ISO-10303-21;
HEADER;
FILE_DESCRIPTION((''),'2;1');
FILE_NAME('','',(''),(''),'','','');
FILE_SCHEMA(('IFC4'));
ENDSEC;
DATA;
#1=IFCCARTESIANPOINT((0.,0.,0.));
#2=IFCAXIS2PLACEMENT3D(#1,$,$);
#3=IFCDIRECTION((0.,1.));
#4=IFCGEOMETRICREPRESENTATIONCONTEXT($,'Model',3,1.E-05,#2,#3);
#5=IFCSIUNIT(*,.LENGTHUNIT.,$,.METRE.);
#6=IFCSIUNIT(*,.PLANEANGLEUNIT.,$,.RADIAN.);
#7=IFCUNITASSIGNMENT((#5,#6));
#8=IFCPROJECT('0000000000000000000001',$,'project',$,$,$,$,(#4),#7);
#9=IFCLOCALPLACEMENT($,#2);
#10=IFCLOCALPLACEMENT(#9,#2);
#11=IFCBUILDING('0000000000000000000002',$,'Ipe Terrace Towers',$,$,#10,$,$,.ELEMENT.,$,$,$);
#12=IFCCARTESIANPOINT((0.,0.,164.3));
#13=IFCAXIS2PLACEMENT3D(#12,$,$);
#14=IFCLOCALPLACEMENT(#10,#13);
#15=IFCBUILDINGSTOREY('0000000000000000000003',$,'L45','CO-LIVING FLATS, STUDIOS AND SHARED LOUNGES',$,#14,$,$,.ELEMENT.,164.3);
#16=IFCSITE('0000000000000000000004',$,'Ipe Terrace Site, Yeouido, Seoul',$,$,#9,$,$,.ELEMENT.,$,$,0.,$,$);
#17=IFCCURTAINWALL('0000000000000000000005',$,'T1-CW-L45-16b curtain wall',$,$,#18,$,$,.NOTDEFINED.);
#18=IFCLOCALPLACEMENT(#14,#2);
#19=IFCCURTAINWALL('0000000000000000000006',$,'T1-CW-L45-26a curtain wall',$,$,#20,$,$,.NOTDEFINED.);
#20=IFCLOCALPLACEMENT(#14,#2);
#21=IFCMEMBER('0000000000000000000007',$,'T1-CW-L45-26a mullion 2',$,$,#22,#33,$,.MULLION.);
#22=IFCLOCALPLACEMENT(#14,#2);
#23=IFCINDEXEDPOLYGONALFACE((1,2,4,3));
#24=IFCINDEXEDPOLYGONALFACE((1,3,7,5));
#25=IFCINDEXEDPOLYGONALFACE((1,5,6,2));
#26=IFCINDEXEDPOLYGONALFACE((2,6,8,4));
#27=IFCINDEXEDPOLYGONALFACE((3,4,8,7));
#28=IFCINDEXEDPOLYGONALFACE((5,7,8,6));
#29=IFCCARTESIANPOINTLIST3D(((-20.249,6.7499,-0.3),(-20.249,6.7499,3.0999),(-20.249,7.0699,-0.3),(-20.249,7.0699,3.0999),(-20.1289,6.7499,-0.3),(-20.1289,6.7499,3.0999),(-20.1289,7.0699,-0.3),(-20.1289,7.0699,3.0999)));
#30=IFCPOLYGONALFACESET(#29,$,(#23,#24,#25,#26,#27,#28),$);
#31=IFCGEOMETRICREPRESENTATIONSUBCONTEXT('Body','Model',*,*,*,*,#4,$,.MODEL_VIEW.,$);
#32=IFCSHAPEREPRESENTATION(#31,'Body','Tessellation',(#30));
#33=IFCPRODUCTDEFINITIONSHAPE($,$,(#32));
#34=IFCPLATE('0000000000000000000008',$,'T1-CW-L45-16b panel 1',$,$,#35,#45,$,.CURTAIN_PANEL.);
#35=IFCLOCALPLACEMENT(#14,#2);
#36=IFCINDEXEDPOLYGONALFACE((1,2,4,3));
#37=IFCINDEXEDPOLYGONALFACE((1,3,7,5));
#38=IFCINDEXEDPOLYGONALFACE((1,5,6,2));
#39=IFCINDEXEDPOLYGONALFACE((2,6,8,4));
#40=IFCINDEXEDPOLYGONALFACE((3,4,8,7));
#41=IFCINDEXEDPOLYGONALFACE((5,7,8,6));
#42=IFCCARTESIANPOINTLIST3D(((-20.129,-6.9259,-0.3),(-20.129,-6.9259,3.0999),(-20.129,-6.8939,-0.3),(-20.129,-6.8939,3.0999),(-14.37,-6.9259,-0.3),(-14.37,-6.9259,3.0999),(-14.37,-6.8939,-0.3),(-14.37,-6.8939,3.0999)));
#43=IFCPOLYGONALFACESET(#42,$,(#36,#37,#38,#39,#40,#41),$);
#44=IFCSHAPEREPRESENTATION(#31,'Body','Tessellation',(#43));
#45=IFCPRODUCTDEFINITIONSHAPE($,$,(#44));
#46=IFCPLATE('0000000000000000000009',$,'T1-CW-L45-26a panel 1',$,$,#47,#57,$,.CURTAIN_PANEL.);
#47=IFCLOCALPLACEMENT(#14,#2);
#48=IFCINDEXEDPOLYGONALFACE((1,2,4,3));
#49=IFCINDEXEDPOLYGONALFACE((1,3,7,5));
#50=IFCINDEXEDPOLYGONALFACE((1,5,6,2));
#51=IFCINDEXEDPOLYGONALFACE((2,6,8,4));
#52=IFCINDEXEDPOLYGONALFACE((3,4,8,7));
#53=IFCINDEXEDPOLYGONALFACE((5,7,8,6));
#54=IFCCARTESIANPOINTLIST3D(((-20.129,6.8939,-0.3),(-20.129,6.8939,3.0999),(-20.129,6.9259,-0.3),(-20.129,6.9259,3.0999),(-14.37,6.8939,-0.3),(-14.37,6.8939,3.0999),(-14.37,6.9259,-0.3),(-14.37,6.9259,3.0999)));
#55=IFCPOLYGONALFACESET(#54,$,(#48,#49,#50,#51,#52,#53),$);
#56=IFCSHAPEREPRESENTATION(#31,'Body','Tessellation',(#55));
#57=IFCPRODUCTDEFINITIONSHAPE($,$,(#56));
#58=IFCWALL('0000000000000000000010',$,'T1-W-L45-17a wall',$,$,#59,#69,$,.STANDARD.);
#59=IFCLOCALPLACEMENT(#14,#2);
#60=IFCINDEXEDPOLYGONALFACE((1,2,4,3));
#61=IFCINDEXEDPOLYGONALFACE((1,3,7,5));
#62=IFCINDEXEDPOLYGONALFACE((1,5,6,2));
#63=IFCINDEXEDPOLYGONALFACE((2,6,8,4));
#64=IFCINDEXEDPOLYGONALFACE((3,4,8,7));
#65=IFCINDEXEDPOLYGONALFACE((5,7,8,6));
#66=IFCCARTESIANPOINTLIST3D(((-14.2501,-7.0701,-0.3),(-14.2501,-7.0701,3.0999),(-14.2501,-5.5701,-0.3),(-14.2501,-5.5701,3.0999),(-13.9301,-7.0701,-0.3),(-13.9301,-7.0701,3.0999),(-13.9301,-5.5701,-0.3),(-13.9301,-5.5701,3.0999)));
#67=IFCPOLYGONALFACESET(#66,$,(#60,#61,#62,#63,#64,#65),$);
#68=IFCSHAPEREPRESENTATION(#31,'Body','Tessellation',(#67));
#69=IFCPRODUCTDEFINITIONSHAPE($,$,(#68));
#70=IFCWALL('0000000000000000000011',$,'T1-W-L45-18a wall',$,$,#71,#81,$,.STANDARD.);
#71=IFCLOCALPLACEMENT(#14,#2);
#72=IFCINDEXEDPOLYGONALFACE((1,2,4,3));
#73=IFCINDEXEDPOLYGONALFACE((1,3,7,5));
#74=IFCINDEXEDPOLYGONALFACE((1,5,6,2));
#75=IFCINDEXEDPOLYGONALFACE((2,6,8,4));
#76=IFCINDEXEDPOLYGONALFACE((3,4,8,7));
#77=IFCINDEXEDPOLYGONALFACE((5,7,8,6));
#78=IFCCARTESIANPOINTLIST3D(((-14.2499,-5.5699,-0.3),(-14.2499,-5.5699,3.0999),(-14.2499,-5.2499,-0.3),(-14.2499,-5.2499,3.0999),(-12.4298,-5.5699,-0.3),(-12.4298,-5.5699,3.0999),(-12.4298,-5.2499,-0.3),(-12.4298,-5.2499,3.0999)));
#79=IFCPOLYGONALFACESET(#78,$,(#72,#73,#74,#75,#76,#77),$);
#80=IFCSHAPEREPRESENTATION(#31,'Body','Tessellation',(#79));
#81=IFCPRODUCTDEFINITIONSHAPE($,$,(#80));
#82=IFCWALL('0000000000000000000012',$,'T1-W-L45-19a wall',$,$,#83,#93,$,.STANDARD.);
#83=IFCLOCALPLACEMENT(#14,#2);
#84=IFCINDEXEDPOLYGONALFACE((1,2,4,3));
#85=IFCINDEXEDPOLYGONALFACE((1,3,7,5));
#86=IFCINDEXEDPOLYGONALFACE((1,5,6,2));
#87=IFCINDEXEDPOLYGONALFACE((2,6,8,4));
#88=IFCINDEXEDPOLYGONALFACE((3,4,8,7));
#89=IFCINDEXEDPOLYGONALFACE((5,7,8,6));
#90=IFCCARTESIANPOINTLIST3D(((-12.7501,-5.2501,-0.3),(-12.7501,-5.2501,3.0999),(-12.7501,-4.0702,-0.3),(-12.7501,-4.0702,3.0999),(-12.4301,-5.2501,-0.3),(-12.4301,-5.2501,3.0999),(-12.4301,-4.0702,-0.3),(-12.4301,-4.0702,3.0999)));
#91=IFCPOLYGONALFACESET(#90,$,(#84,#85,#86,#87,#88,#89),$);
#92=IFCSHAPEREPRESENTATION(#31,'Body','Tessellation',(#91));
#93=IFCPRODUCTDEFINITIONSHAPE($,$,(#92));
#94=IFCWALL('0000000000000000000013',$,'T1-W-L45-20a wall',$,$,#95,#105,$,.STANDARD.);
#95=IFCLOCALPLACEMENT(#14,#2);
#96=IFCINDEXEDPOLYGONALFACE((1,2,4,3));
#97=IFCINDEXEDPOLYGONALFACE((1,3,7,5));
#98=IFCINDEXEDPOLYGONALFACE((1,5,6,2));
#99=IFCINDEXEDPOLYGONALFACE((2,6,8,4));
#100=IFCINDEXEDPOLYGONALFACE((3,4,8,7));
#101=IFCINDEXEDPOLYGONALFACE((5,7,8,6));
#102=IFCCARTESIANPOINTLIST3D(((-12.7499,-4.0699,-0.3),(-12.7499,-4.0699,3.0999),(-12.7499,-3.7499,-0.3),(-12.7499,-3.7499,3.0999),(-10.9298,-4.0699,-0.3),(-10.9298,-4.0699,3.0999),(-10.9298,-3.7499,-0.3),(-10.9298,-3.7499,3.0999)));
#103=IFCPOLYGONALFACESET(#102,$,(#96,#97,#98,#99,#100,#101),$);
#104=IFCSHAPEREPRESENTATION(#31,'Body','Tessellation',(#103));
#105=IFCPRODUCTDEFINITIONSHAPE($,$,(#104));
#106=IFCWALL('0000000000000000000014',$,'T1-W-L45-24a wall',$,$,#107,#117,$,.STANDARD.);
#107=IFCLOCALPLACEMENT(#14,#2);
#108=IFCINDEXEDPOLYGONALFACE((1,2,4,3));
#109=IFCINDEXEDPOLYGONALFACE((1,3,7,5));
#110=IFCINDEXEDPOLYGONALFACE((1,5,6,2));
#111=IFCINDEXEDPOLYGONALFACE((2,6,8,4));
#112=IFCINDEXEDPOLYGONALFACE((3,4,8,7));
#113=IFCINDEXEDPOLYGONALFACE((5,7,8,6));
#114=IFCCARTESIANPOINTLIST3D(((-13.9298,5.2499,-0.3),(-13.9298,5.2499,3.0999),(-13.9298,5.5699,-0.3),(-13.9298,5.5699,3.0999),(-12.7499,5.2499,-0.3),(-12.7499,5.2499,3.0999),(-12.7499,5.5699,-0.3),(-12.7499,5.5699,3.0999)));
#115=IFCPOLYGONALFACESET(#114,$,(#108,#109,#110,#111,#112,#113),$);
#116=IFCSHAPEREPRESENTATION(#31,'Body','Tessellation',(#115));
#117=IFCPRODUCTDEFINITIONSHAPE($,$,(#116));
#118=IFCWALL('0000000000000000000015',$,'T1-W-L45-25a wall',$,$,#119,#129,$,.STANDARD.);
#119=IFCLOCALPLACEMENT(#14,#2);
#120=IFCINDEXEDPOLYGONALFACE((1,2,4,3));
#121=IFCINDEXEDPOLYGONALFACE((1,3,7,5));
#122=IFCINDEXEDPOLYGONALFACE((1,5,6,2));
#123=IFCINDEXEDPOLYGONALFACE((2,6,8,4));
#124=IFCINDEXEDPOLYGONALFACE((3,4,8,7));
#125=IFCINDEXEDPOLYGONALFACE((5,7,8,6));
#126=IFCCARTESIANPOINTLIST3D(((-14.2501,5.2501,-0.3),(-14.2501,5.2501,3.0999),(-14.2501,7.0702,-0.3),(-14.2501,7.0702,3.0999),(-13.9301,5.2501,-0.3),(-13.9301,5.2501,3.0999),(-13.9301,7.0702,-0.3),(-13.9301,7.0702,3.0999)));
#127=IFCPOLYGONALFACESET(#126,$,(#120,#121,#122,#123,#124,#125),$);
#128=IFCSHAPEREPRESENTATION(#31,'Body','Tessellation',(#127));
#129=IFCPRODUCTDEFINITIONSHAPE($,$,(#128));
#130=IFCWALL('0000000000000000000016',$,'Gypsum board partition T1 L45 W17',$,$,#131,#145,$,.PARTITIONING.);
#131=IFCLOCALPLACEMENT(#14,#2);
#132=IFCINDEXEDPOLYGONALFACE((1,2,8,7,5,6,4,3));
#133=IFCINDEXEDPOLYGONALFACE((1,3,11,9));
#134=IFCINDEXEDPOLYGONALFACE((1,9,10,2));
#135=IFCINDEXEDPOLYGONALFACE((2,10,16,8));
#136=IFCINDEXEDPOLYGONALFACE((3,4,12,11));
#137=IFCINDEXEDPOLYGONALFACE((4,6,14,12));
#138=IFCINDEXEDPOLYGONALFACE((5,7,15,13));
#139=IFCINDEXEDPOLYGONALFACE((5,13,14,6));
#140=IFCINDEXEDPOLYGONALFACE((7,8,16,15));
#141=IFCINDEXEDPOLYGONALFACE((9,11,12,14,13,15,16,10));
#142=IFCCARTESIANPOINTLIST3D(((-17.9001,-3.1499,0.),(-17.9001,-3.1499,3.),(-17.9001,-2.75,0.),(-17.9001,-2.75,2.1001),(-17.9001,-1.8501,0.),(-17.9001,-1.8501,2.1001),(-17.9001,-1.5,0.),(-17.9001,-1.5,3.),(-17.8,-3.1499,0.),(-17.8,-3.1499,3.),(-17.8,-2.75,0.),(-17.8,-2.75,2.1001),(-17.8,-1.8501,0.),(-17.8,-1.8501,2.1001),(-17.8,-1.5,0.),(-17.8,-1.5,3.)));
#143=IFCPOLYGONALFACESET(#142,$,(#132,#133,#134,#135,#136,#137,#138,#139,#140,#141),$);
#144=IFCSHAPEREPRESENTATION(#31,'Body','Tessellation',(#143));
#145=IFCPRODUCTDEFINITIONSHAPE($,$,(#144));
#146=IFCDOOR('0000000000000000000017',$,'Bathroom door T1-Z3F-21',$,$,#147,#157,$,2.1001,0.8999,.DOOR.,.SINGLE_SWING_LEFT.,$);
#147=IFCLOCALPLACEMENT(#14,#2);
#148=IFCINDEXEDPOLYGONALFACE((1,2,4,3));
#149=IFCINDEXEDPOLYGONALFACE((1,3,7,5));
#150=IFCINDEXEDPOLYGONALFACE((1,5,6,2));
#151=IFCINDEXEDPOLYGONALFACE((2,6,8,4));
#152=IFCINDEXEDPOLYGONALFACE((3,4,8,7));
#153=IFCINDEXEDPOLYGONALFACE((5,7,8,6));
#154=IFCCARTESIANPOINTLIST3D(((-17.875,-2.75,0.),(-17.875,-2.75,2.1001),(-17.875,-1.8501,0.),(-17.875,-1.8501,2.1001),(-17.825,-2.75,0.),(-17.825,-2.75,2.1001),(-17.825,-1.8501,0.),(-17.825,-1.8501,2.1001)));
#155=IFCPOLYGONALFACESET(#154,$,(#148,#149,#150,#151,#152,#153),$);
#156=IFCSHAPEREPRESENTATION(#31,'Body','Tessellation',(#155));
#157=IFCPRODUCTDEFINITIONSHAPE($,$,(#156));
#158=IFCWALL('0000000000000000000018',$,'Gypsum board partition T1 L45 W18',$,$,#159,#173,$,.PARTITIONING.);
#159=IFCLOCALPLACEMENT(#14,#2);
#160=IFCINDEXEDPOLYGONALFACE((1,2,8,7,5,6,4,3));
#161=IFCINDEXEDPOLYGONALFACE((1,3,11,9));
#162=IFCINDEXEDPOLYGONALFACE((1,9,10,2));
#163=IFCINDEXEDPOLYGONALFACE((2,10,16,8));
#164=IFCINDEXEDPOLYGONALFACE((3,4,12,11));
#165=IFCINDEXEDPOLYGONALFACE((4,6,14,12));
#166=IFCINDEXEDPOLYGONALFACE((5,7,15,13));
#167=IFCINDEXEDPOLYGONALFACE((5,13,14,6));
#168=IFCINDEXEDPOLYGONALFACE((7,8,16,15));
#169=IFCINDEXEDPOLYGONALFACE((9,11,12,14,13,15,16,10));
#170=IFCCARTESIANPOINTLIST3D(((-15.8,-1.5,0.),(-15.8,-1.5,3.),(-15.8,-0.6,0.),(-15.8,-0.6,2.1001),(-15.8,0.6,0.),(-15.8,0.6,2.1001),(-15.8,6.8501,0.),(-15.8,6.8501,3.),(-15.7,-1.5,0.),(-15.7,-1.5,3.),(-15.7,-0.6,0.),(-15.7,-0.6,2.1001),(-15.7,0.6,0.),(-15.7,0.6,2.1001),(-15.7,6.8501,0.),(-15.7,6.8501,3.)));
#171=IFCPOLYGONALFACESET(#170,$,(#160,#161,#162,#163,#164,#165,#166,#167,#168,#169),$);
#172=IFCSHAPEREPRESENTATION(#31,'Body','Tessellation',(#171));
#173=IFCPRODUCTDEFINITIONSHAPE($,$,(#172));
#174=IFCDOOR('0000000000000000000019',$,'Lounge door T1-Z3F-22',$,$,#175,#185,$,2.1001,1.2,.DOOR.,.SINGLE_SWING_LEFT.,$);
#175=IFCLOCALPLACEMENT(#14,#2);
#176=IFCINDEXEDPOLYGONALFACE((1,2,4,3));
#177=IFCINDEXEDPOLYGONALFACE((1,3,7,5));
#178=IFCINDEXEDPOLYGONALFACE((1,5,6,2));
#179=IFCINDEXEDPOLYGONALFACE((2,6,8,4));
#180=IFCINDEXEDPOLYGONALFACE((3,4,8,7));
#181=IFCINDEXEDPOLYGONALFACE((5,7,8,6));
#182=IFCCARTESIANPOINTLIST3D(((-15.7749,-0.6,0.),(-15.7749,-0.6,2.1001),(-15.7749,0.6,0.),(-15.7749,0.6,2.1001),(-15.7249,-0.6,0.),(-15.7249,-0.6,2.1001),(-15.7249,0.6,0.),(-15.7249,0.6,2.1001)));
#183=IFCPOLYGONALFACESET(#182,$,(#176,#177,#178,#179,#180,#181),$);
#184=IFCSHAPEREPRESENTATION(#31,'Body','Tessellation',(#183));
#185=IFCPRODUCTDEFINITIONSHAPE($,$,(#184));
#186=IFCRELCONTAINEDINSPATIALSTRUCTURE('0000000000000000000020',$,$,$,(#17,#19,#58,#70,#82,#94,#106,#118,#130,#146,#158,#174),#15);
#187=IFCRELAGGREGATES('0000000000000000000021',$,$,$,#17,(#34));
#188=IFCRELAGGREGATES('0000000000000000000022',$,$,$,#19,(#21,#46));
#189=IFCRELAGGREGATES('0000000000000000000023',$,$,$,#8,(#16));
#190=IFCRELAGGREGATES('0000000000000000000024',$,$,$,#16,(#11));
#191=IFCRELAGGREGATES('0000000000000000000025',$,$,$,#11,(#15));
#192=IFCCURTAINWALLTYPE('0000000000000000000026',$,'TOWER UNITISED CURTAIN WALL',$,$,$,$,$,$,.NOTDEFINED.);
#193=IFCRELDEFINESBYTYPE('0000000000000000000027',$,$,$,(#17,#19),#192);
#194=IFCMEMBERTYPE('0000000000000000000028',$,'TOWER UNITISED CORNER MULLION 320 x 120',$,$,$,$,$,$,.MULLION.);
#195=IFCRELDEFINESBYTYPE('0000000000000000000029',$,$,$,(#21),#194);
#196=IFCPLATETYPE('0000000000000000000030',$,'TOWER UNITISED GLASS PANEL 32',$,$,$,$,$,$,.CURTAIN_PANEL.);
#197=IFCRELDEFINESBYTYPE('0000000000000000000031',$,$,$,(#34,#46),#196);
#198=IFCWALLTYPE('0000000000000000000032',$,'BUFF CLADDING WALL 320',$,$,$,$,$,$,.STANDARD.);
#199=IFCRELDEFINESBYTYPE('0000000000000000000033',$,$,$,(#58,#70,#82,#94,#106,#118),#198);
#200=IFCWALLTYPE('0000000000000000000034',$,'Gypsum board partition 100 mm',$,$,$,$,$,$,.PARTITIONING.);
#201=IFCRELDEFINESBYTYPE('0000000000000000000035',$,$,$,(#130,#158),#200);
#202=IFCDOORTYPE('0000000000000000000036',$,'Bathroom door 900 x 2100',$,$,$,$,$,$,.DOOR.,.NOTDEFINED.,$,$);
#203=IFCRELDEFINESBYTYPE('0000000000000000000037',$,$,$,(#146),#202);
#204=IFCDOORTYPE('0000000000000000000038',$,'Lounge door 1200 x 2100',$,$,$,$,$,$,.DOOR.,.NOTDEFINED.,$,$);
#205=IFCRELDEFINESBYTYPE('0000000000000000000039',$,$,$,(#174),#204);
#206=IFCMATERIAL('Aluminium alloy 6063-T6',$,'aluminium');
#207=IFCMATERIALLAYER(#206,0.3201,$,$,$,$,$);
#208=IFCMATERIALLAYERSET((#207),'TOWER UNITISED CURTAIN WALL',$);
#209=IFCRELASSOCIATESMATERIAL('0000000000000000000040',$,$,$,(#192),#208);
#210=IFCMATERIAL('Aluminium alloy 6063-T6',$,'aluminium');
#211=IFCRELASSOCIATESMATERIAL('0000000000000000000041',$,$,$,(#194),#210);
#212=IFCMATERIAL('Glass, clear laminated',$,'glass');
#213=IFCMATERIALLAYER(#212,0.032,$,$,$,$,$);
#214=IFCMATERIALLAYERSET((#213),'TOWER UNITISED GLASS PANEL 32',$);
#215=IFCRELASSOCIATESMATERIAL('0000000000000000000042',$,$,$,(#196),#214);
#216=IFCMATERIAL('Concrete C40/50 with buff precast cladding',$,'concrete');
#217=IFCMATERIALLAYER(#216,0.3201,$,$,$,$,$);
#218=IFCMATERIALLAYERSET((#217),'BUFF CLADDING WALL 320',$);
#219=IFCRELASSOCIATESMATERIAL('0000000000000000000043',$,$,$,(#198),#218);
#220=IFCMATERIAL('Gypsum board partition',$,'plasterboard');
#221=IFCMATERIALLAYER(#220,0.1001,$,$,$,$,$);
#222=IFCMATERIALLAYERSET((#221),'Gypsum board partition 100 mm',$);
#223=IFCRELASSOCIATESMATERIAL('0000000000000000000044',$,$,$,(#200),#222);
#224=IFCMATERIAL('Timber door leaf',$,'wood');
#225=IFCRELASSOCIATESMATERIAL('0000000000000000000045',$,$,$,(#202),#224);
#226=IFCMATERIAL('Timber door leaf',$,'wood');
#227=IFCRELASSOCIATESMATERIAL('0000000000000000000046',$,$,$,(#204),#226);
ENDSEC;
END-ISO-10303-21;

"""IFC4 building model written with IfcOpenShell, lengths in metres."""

from ifc_helpers import new_model, si_unit, direction, frame, frame_2d, origin, origin_2d, place, context, subcontext, project, spatial, rectangle, extrude, material, layer, layer_set, material_profile, profile_set, type_object, element, fill, aggregate, save


model = new_model("IFC4")

# Units and contexts
model_context = context("Model", 3, precision=1e-05, world=origin(), true_north=direction((0.0, 1.0)))
body_context = subcontext(model_context, "Body", "Model", "MODEL_VIEW")
ifc_project = project(units=[si_unit("LENGTHUNIT", "METRE"), si_unit("PLANEANGLEUNIT", "RADIAN")], contexts=[model_context])

# Site, building, storey
site_placement = place(None, origin())
site = spatial("IfcSite", under=ifc_project, at=site_placement, Name="Ipe Terrace Site, Yeouido, Seoul", CompositionType="ELEMENT", RefElevation=0.0)
building_placement = place(site_placement, origin())
building = spatial("IfcBuilding", under=site, at=building_placement, Name="Ipe Terrace Towers", CompositionType="ELEMENT")
storey_placement = place(building_placement, frame((0.0, 0.0, 164.3)))
storey = spatial("IfcBuildingStorey", under=building, at=storey_placement, Name="L45", Description="CO-LIVING FLATS, STUDIOS AND SHARED LOUNGES", CompositionType="ELEMENT", Elevation=164.3)

# Curtain walls, member
ifc_material_1 = material(Name="Aluminium alloy 6063-T6", Category="aluminium")
ifc_layer_1 = layer(ifc_material_1, 0.3201)
ifc_layer_set_1 = layer_set([ifc_layer_1], Name="TOWER UNITISED CURTAIN WALL")
curtain_wall_type = type_object("IfcCurtainWallType", Name="TOWER UNITISED CURTAIN WALL", PredefinedType="NOTDEFINED", material=ifc_layer_set_1)
curtain_wall_1_placement = place(storey_placement, origin())
curtain_wall_1 = element("IfcCurtainWall", 1, at=curtain_wall_1_placement, inside=storey, type_object=curtain_wall_type, Name="T1-CW-L45-16b curtain wall", PredefinedType="NOTDEFINED")
ifc_material_2 = material(Name="Aluminium alloy 6063-T6", Category="aluminium")
ifc_material_profile_1 = material_profile(ifc_material_2, rectangle(XDim=0.3201, YDim=0.1201, at=origin_2d()), Name="TOWER UNITISED CORNER MULLION 320 x 120")
ifc_profile_set_1 = profile_set([ifc_material_profile_1], Name="Aluminium alloy 6063-T6")
member_type = type_object("IfcMemberType", Name="TOWER UNITISED CORNER MULLION 320 x 120", PredefinedType="MULLION", material=ifc_profile_set_1)
curtain_wall_2_placement = place(storey_placement, origin())
curtain_wall_2 = element("IfcCurtainWall", 2, at=curtain_wall_2_placement, inside=storey, type_object=curtain_wall_type, Name="T1-CW-L45-26a curtain wall", PredefinedType="NOTDEFINED")
member_1_placement = place(storey_placement, frame((-20.189, 6.9099, -0.3), z_axis=(0.0, 0.0, 1.0), x_axis=(0.0, 1.0, 0.0)))
member_1 = element("IfcMember", 3, at=member_1_placement, type_object=member_type, Name="T1-CW-L45-26a mullion 2", PredefinedType="MULLION", context=body_context, shape_type="SweptSolid", body=[
    extrude(rectangle(XDim=0.3201, YDim=0.1201, at=origin_2d()), origin(), (0.0, 0.0, 1.0), 3.3999),
])

# Plates
ifc_material_3 = material(Name="Glass, clear laminated", Category="glass")
ifc_layer_2 = layer(ifc_material_3, 0.032)
ifc_layer_set_2 = layer_set([ifc_layer_2], Name="TOWER UNITISED GLASS PANEL 32")
plate_type = type_object("IfcPlateType", Name="TOWER UNITISED GLASS PANEL 32", PredefinedType="CURTAIN_PANEL", material=ifc_layer_set_2)
plate_1_placement = place(storey_placement, frame((-17.2495, -6.9099, -0.3), z_axis=(0.0, 0.0, 1.0), x_axis=(1.0, 0.0, 0.0)))
plate_1 = element("IfcPlate", 4, at=plate_1_placement, type_object=plate_type, Name="T1-CW-L45-16b panel 1", PredefinedType="CURTAIN_PANEL", context=body_context, shape_type="SweptSolid", body=[
    extrude(rectangle(XDim=5.759, YDim=0.032, at=origin_2d()), origin(), (0.0, 0.0, 1.0), 3.3999),
])
aggregate(curtain_wall_1, [plate_1])
plate_2_placement = place(storey_placement, frame((-17.2495, 6.9099, -0.3), z_axis=(0.0, 0.0, 1.0), x_axis=(-1.0, 0.0, 0.0)))
plate_2 = element("IfcPlate", 5, at=plate_2_placement, type_object=plate_type, Name="T1-CW-L45-26a panel 1", PredefinedType="CURTAIN_PANEL", context=body_context, shape_type="SweptSolid", body=[
    extrude(rectangle(XDim=5.759, YDim=0.032, at=origin_2d()), origin(), (0.0, 0.0, 1.0), 3.3999),
])
aggregate(curtain_wall_2, [member_1, plate_2])

# Walls
ifc_material_4 = material(Name="Concrete C40/50 with buff precast cladding", Category="concrete")
ifc_layer_3 = layer(ifc_material_4, 0.3201)
ifc_layer_set_3 = layer_set([ifc_layer_3], Name="BUFF CLADDING WALL 320")
wall_type_1 = type_object("IfcWallType", Name="BUFF CLADDING WALL 320", PredefinedType="STANDARD", material=ifc_layer_set_3)
wall_1_placement = place(storey_placement, frame((-14.0901, -7.0701, -0.3), z_axis=(0.0, 0.0, 1.0), x_axis=(0.0, 1.0, 0.0)))
element("IfcWall", 6, at=wall_1_placement, inside=storey, type_object=wall_type_1, Name="T1-W-L45-17a wall", PredefinedType="STANDARD", context=body_context, shape_type="SweptSolid", body=[
    extrude(rectangle(XDim=1.5, YDim=0.3201, at=frame_2d((0.75, 0.0))), origin(), (0.0, 0.0, 1.0), 3.3999),
])
wall_2_placement = place(storey_placement, frame((-14.25, -5.4099, -0.3), z_axis=(0.0, 0.0, 1.0), x_axis=(1.0, 0.0, 0.0)))
element("IfcWall", 7, at=wall_2_placement, inside=storey, type_object=wall_type_1, Name="T1-W-L45-18a wall", PredefinedType="STANDARD", context=body_context, shape_type="SweptSolid", body=[
    extrude(rectangle(XDim=1.8201, YDim=0.3201, at=frame_2d((0.9102, 0.0))), origin(), (0.0, 0.0, 1.0), 3.3999),
])
wall_3_placement = place(storey_placement, frame((-12.5901, -5.25, -0.3), z_axis=(0.0, 0.0, 1.0), x_axis=(0.0, 1.0, 0.0)))
element("IfcWall", 8, at=wall_3_placement, inside=storey, type_object=wall_type_1, Name="T1-W-L45-19a wall", PredefinedType="STANDARD", context=body_context, shape_type="SweptSolid", body=[
    extrude(rectangle(XDim=1.1799, YDim=0.3201, at=frame_2d((0.5898, 0.0))), origin(), (0.0, 0.0, 1.0), 3.3999),
])
wall_4_placement = place(storey_placement, frame((-12.75, -3.9099, -0.3), z_axis=(0.0, 0.0, 1.0), x_axis=(1.0, 0.0, 0.0)))
element("IfcWall", 9, at=wall_4_placement, inside=storey, type_object=wall_type_1, Name="T1-W-L45-20a wall", PredefinedType="STANDARD", context=body_context, shape_type="SweptSolid", body=[
    extrude(rectangle(XDim=1.8201, YDim=0.3201, at=frame_2d((0.9102, 0.0))), origin(), (0.0, 0.0, 1.0), 3.3999),
])
wall_5_placement = place(storey_placement, frame((-12.75, 5.4099, -0.3), z_axis=(0.0, 0.0, 1.0), x_axis=(-1.0, 0.0, 0.0)))
element("IfcWall", 10, at=wall_5_placement, inside=storey, type_object=wall_type_1, Name="T1-W-L45-24a wall", PredefinedType="STANDARD", context=body_context, shape_type="SweptSolid", body=[
    extrude(rectangle(XDim=1.1799, YDim=0.3201, at=frame_2d((0.5898, 0.0))), origin(), (0.0, 0.0, 1.0), 3.3999),
])
wall_6_placement = place(storey_placement, frame((-14.0901, 5.25, -0.3), z_axis=(0.0, 0.0, 1.0), x_axis=(0.0, 1.0, 0.0)))
element("IfcWall", 11, at=wall_6_placement, inside=storey, type_object=wall_type_1, Name="T1-W-L45-25a wall", PredefinedType="STANDARD", context=body_context, shape_type="SweptSolid", body=[
    extrude(rectangle(XDim=1.8201, YDim=0.3201, at=frame_2d((0.9102, 0.0))), origin(), (0.0, 0.0, 1.0), 3.3999),
])

# Walls, openings, doors
ifc_material_5 = material(Name="Gypsum board partition", Category="plasterboard")
ifc_layer_4 = layer(ifc_material_5, 0.1001)
ifc_layer_set_4 = layer_set([ifc_layer_4], Name="Gypsum board partition 100 mm")
wall_type_2 = type_object("IfcWallType", Name="Gypsum board partition 100 mm", PredefinedType="PARTITIONING", material=ifc_layer_set_4)
wall_7_placement = place(storey_placement, frame((-17.8501, -3.1499, 0.0), z_axis=(0.0, 0.0, 1.0), x_axis=(0.0, 1.0, 0.0)))
wall_7 = element("IfcWall", 12, at=wall_7_placement, inside=storey, type_object=wall_type_2, Name="Gypsum board partition T1 L45 W17", PredefinedType="PARTITIONING", context=body_context, shape_type="SweptSolid", body=[
    extrude(rectangle(XDim=1.6499, YDim=0.1001, at=frame_2d((0.825, 0.0))), origin(), (0.0, 0.0, 1.0), 3.0),
])
opening_1_placement = place(wall_7_placement, frame((0.3999, 0.0, 0.0)))
opening_1 = element("IfcOpeningElement", 13, at=opening_1_placement, cuts=wall_7, PredefinedType="OPENING", context=body_context, shape_type="SweptSolid", body=[
    extrude(rectangle(XDim=0.8999, YDim=2.1001, at=frame_2d((0.45, 1.05))), frame((0.0, 0.0601, 0.0), z_axis=(0.0, -1.0, 0.0), x_axis=(1.0, 0.0, 0.0)), (0.0, 0.0, 1.0), 0.1201),
])
ifc_material_6 = material(Name="Timber door leaf", Category="wood")
door_type_1 = type_object("IfcDoorType", Name="Bathroom door 900 x 2100", OperationType="NOTDEFINED", PredefinedType="DOOR", material=ifc_material_6)
door_1_placement = place(opening_1_placement, origin())
door_1 = element("IfcDoor", 14, at=door_1_placement, inside=storey, type_object=door_type_1, Name="Bathroom door T1-Z3F-21", OperationType="SINGLE_SWING_LEFT", OverallHeight=2.1001, OverallWidth=0.8999, PredefinedType="DOOR", context=body_context, shape_type="SweptSolid", body=[
    extrude(rectangle(XDim=0.8999, YDim=2.1001, at=frame_2d((0.45, 1.05))), frame((0.0, 0.0249, 0.0), z_axis=(0.0, -1.0, 0.0), x_axis=(1.0, 0.0, 0.0)), (0.0, 0.0, 1.0), 0.05),
])
fill(opening_1, door_1)
wall_8_placement = place(storey_placement, frame((-15.75, -1.5, 0.0), z_axis=(0.0, 0.0, 1.0), x_axis=(0.0, 1.0, 0.0)))
wall_8 = element("IfcWall", 15, at=wall_8_placement, inside=storey, type_object=wall_type_2, Name="Gypsum board partition T1 L45 W18", PredefinedType="PARTITIONING", context=body_context, shape_type="SweptSolid", body=[
    extrude(rectangle(XDim=8.3501, YDim=0.1001, at=frame_2d((4.175, 0.0))), origin(), (0.0, 0.0, 1.0), 3.0),
])
opening_2_placement = place(wall_8_placement, frame((0.8999, 0.0, 0.0)))
opening_2 = element("IfcOpeningElement", 16, at=opening_2_placement, cuts=wall_8, PredefinedType="OPENING", context=body_context, shape_type="SweptSolid", body=[
    extrude(rectangle(XDim=1.2, YDim=2.1001, at=frame_2d((0.6001, 1.05))), frame((0.0, 0.0601, 0.0), z_axis=(0.0, -1.0, 0.0), x_axis=(1.0, 0.0, 0.0)), (0.0, 0.0, 1.0), 0.1201),
])
ifc_material_7 = material(Name="Timber door leaf", Category="wood")
door_type_2 = type_object("IfcDoorType", Name="Lounge door 1200 x 2100", OperationType="NOTDEFINED", PredefinedType="DOOR", material=ifc_material_7)
door_2_placement = place(opening_2_placement, origin())
door_2 = element("IfcDoor", 17, at=door_2_placement, inside=storey, type_object=door_type_2, Name="Lounge door T1-Z3F-22", OperationType="SINGLE_SWING_LEFT", OverallHeight=2.1001, OverallWidth=1.2, PredefinedType="DOOR", context=body_context, shape_type="SweptSolid", body=[
    extrude(rectangle(XDim=1.2, YDim=2.1001, at=frame_2d((0.6001, 1.05))), frame((0.0, 0.0249, 0.0), z_axis=(0.0, -1.0, 0.0), x_axis=(1.0, 0.0, 0.0)), (0.0, 0.0, 1.0), 0.05),
])
fill(opening_2, door_2)

save(model, "model.ifc")
